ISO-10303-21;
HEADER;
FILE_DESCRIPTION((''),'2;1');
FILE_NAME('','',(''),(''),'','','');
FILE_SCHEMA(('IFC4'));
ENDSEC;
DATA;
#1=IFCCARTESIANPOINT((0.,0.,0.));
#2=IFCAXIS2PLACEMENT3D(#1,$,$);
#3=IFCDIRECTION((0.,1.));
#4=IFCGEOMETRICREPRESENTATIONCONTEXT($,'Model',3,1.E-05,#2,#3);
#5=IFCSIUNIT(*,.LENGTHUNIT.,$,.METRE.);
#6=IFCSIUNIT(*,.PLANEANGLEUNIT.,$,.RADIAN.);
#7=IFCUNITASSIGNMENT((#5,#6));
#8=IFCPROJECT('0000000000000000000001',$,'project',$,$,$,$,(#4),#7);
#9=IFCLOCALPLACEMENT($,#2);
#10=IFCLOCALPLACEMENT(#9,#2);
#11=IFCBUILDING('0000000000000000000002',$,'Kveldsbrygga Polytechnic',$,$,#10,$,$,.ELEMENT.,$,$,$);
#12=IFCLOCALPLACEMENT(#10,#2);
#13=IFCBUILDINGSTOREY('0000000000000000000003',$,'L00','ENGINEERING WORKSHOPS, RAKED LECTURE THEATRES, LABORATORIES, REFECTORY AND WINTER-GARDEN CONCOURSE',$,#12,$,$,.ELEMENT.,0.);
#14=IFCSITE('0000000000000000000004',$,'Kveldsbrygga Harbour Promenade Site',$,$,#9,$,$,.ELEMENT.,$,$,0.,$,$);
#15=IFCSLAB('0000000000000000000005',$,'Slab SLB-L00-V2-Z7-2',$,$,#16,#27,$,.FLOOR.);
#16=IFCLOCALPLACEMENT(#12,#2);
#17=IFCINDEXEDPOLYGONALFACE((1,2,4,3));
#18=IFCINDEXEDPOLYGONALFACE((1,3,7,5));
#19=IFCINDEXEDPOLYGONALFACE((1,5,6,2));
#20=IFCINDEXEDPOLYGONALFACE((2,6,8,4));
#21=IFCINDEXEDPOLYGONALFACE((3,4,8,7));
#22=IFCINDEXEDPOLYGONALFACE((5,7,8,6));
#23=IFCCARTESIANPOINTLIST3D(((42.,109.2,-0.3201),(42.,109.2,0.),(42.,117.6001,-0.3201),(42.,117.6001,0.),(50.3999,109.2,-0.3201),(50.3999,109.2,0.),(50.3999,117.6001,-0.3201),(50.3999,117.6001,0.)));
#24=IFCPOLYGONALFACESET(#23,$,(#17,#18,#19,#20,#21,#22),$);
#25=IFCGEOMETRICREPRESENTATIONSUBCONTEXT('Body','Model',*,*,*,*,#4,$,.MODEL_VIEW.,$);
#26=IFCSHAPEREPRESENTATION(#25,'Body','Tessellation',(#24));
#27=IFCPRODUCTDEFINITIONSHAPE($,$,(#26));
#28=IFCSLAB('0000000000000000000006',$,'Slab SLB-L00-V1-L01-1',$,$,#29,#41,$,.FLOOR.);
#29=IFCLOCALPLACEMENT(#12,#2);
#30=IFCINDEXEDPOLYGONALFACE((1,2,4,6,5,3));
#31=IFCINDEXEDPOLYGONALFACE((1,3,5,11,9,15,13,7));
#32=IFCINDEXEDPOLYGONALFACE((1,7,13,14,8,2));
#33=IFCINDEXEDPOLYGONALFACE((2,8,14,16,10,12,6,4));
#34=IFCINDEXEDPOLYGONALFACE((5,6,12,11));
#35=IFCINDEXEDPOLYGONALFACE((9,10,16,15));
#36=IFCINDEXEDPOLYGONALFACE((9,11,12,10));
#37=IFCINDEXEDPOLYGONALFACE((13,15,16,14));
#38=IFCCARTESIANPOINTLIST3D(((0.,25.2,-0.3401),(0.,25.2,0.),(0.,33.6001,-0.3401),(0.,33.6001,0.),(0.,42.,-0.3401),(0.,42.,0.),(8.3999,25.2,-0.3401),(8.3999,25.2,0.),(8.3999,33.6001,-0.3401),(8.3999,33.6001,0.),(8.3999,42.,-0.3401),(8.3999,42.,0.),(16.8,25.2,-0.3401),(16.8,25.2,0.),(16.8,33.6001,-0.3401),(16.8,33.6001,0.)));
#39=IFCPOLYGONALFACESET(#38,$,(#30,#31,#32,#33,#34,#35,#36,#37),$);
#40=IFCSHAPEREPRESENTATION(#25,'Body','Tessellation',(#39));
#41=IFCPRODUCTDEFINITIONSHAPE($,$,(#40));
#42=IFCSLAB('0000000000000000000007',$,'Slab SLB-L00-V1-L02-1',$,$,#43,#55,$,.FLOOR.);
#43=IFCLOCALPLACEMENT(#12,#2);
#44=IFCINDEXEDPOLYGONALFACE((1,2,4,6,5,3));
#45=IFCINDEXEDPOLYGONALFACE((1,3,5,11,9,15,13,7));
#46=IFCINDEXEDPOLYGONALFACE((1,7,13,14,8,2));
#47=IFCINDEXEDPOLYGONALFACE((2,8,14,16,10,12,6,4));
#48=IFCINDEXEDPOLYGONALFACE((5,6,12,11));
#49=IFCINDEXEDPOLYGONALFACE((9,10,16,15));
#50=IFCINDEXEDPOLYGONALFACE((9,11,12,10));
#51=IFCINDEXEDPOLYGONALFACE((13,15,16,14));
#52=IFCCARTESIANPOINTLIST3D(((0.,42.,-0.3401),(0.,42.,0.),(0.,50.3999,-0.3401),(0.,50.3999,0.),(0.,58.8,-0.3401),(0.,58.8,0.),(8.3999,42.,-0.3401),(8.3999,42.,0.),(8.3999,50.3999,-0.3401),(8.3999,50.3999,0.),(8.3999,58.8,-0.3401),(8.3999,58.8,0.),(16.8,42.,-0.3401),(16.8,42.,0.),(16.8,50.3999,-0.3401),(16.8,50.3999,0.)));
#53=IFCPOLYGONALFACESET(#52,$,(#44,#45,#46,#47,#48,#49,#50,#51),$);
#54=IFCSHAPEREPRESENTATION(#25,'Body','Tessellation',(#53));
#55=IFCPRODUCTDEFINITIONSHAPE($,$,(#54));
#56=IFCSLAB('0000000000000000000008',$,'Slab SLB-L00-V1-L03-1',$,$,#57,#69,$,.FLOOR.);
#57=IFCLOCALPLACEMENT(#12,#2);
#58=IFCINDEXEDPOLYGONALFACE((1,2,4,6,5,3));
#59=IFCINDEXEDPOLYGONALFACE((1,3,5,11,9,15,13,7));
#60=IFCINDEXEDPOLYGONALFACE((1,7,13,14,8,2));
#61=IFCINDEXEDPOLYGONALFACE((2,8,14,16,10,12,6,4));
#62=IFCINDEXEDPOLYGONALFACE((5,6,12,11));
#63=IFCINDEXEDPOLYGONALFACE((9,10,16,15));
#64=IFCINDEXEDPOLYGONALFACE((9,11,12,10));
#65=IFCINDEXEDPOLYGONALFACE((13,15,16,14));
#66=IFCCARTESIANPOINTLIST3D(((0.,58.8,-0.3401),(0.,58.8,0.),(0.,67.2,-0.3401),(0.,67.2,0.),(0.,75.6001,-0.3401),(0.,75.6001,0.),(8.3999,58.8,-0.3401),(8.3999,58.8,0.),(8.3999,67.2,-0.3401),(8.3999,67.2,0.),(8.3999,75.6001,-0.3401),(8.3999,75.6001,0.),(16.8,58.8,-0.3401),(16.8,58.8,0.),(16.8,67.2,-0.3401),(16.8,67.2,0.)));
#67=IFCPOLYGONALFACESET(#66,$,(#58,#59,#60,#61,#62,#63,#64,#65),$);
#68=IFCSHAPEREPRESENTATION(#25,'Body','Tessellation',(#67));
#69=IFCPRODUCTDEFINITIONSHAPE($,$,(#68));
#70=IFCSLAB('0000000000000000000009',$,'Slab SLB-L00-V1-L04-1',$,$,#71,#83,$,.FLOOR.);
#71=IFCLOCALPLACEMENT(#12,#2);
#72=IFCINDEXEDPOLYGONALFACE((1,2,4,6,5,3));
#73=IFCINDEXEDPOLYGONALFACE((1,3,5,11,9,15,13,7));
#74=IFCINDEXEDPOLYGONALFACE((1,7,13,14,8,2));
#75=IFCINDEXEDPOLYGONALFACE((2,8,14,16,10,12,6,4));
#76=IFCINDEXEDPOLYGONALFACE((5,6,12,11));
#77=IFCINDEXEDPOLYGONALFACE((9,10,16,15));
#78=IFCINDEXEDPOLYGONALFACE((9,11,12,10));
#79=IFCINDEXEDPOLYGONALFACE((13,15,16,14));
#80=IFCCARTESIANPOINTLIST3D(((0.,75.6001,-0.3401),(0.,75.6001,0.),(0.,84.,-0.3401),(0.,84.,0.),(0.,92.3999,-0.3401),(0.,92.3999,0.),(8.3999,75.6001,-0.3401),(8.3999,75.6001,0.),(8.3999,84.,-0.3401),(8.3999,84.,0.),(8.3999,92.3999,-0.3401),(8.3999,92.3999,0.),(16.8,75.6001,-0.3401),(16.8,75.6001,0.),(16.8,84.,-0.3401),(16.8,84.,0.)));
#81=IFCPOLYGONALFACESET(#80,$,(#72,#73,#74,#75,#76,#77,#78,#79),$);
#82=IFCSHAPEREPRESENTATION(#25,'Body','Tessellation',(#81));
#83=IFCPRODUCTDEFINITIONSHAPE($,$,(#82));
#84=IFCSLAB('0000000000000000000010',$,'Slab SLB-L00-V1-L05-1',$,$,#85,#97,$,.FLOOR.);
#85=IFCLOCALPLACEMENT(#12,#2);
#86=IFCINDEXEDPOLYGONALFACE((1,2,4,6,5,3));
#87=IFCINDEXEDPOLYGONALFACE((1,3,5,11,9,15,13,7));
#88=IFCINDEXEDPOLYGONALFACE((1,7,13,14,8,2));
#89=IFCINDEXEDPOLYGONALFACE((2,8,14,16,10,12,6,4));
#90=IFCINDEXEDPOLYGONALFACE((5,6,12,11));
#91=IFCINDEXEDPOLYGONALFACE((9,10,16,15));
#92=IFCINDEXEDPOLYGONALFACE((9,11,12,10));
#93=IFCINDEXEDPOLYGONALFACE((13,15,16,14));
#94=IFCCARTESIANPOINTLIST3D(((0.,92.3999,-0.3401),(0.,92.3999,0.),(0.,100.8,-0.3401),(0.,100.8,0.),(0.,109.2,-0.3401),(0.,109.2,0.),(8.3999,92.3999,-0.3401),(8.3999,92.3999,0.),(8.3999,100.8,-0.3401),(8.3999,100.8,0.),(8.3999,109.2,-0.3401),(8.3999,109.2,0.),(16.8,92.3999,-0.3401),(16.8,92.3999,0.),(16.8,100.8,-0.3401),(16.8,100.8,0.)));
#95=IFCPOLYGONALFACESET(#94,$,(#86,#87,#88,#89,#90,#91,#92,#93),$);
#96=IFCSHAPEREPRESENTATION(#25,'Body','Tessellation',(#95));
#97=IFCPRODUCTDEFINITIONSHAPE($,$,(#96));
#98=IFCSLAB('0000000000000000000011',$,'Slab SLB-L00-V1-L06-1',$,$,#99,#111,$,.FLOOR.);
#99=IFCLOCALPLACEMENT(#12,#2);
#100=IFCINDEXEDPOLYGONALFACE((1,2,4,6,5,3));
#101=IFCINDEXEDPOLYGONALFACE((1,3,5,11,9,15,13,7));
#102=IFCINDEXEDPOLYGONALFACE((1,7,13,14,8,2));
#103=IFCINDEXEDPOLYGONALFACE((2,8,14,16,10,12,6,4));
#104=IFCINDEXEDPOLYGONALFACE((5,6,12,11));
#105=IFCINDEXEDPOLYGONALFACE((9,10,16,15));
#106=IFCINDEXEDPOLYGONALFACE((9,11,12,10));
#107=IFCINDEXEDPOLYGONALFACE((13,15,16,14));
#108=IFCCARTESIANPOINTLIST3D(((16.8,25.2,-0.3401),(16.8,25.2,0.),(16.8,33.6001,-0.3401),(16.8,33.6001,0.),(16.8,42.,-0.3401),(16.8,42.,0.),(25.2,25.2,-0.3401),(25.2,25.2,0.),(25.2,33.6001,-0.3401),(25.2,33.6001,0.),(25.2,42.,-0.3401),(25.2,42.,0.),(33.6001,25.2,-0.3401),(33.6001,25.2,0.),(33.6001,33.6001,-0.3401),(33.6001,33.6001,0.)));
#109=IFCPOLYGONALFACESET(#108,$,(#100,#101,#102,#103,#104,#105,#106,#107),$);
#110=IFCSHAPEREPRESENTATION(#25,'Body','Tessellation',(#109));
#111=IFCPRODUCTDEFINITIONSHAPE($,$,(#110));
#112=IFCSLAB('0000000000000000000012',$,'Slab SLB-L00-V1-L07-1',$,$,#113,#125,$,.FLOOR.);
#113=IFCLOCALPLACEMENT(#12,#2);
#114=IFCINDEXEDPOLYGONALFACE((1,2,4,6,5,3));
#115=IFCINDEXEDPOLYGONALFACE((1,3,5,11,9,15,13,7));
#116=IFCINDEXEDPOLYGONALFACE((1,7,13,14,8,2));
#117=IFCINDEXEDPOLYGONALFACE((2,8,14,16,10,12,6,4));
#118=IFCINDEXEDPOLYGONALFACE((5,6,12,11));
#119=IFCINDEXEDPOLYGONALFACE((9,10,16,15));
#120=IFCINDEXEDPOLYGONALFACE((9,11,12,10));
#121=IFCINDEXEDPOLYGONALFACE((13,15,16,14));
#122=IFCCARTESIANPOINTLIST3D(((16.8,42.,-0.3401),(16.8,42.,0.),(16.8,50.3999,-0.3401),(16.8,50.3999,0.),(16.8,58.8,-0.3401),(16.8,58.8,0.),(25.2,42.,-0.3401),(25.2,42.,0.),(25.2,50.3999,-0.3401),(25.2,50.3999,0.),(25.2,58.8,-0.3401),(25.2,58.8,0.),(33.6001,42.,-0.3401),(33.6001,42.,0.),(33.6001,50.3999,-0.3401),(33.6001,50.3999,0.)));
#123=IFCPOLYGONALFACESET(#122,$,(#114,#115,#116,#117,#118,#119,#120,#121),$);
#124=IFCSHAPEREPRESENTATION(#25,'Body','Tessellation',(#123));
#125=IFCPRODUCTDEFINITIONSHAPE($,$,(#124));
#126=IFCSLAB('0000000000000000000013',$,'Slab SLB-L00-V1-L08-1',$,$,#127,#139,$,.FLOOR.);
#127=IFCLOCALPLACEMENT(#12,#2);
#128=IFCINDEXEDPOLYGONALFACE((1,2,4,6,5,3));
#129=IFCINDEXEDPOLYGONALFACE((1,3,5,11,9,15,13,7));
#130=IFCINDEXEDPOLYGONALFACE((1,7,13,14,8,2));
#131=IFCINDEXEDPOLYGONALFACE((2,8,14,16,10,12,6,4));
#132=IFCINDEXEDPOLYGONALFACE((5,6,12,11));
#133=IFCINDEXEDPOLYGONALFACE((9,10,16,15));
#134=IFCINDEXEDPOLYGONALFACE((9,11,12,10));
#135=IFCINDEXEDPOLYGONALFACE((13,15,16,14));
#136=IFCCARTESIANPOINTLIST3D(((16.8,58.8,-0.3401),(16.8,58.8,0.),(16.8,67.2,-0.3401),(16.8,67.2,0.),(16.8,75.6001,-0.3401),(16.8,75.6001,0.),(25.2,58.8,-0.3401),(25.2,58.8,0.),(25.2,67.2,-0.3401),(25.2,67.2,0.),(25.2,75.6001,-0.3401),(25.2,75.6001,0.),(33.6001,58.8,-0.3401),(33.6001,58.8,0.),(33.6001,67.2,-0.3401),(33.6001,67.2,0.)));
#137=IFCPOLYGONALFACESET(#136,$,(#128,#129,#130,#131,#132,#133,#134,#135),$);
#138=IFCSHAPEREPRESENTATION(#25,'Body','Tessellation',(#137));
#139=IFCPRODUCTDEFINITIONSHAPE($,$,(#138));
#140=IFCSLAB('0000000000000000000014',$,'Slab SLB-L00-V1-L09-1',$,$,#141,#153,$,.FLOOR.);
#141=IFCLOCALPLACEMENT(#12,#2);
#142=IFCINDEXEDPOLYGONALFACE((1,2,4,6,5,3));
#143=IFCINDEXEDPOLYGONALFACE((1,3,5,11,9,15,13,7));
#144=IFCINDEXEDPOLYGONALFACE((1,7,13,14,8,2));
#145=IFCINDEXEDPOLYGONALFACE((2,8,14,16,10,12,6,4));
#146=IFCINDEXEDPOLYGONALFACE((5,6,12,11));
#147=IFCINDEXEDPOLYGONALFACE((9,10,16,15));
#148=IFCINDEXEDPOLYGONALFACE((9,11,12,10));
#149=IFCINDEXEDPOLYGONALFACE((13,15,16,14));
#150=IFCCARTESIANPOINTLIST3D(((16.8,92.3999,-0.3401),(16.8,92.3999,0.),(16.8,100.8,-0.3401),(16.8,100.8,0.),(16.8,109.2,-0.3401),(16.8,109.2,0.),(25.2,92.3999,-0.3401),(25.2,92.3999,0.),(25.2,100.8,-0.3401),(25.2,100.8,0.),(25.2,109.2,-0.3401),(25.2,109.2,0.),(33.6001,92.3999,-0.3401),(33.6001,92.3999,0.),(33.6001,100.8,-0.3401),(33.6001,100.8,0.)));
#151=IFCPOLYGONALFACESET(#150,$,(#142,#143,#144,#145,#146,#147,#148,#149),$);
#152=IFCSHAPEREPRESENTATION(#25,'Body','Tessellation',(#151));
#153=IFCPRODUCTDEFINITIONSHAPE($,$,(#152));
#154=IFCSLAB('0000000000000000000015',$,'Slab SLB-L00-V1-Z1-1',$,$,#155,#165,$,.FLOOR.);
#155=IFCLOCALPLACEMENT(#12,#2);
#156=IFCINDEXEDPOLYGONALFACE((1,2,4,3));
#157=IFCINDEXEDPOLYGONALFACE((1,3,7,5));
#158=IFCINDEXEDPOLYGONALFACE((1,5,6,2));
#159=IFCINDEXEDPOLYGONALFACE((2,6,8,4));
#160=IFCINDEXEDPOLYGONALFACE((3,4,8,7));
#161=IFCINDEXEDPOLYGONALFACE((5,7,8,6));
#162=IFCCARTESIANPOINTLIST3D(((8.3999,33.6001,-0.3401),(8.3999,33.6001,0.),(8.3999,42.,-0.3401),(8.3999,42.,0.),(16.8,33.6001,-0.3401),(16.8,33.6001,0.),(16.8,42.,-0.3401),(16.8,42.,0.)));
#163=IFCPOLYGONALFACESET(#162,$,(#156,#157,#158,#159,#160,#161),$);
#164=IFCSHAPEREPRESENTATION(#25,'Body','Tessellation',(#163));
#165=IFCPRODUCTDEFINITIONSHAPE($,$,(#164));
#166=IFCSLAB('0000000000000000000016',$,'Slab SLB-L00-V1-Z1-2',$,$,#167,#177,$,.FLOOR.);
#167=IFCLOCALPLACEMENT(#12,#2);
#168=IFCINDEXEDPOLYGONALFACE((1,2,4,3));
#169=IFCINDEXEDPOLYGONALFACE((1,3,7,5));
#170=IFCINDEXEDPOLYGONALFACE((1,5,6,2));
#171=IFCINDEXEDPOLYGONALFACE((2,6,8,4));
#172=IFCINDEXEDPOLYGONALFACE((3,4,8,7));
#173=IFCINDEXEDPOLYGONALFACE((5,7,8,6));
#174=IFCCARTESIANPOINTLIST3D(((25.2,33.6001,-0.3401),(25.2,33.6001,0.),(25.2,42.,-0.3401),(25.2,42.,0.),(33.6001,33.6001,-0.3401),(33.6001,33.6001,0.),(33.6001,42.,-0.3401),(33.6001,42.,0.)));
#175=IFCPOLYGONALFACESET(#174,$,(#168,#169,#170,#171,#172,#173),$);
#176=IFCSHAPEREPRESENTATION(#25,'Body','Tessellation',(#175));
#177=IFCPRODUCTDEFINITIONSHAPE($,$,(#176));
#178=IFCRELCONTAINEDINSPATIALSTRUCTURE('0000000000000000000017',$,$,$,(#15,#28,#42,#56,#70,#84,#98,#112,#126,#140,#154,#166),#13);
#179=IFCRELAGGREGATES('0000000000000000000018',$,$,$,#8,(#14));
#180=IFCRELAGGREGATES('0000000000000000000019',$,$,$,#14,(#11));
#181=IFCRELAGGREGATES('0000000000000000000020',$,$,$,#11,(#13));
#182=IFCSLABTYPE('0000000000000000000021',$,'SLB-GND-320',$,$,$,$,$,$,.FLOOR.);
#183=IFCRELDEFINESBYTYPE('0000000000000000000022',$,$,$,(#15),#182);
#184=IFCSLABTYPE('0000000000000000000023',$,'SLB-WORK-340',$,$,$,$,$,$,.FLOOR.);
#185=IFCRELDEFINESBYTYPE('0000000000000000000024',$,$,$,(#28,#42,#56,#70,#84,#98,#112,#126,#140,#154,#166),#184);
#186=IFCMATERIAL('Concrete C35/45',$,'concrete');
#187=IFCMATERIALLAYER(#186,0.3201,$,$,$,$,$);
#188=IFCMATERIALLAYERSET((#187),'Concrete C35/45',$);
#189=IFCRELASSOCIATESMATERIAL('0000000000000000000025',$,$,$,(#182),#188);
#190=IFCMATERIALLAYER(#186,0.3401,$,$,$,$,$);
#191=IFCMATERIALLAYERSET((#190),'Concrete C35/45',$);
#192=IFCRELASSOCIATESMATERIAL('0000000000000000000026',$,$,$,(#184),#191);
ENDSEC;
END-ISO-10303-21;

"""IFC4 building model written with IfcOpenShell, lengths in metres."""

from ifc_helpers import new_model, si_unit, direction, frame, origin, place, context, subcontext, project, spatial, polyline, outline, extrude, material, layer, layer_set, type_object, element, save


model = new_model("IFC4")

# Units and contexts
model_context = context("Model", 3, precision=1e-05, world=origin(), true_north=direction((0.0, 1.0)))
body_context = subcontext(model_context, "Body", "Model", "MODEL_VIEW")
ifc_project = project(units=[si_unit("LENGTHUNIT", "METRE"), si_unit("PLANEANGLEUNIT", "RADIAN")], contexts=[model_context])

# Site, building, storey
site_placement = place(None, origin())
site = spatial("IfcSite", under=ifc_project, at=site_placement, Name="Kveldsbrygga Harbour Promenade Site", CompositionType="ELEMENT", RefElevation=0.0)
building_placement = place(site_placement, origin())
building = spatial("IfcBuilding", under=site, at=building_placement, Name="Kveldsbrygga Polytechnic", CompositionType="ELEMENT")
storey_placement = place(building_placement, origin())
storey = spatial("IfcBuildingStorey", under=building, at=storey_placement, Name="L00", Description="ENGINEERING WORKSHOPS, RAKED LECTURE THEATRES, LABORATORIES, REFECTORY AND WINTER-GARDEN CONCOURSE", CompositionType="ELEMENT", Elevation=0.0)

# Shared definitions
ifc_material_1 = material(Name="Concrete C35/45", Category="concrete")

# Slabs
ifc_layer_1 = layer(ifc_material_1, 0.3201)
ifc_layer_set_1 = layer_set([ifc_layer_1], Name="Concrete C35/45")
slab_type_1 = type_object("IfcSlabType", Name="SLB-GND-320", PredefinedType="FLOOR", material=ifc_layer_set_1)
slab_1_placement = place(storey_placement, frame((0.0, 0.0, -0.3201)))
element("IfcSlab", 1, at=slab_1_placement, inside=storey, type_object=slab_type_1, Name="Slab SLB-L00-V2-Z7-2", PredefinedType="FLOOR", context=body_context, shape_type="SweptSolid", body=[
    extrude(outline(polyline([(42.0, 109.2), (42.0, 117.6001), (50.3999, 117.6001), (50.3999, 109.2), (42.0, 109.2)])), origin(), (0.0, 0.0, 1.0), 0.3201),
])
ifc_layer_2 = layer(ifc_material_1, 0.3401)
ifc_layer_set_2 = layer_set([ifc_layer_2], Name="Concrete C35/45")
slab_type_2 = type_object("IfcSlabType", Name="SLB-WORK-340", PredefinedType="FLOOR", material=ifc_layer_set_2)
slab_2_placement = place(storey_placement, frame((0.0, 0.0, -0.3401)))
element("IfcSlab", 2, at=slab_2_placement, inside=storey, type_object=slab_type_2, Name="Slab SLB-L00-V1-L01-1", PredefinedType="FLOOR", context=body_context, shape_type="SweptSolid", body=[
    extrude(outline(polyline([(0.0, 25.2), (0.0, 33.6001), (0.0, 42.0), (8.3999, 42.0), (8.3999, 33.6001), (16.8, 33.6001), (16.8, 25.2), (8.3999, 25.2), (0.0, 25.2)])), origin(), (0.0, 0.0, 1.0), 0.3401),
])
slab_3_placement = place(storey_placement, frame((0.0, 0.0, -0.3401)))
element("IfcSlab", 3, at=slab_3_placement, inside=storey, type_object=slab_type_2, Name="Slab SLB-L00-V1-L02-1", PredefinedType="FLOOR", context=body_context, shape_type="SweptSolid", body=[
    extrude(outline(polyline([(0.0, 42.0), (0.0, 50.3999), (0.0, 58.8), (8.3999, 58.8), (8.3999, 50.3999), (16.8, 50.3999), (16.8, 42.0), (8.3999, 42.0), (0.0, 42.0)])), origin(), (0.0, 0.0, 1.0), 0.3401),
])
slab_4_placement = place(storey_placement, frame((0.0, 0.0, -0.3401)))
element("IfcSlab", 4, at=slab_4_placement, inside=storey, type_object=slab_type_2, Name="Slab SLB-L00-V1-L03-1", PredefinedType="FLOOR", context=body_context, shape_type="SweptSolid", body=[
    extrude(outline(polyline([(0.0, 58.8), (0.0, 67.2), (0.0, 75.6001), (8.3999, 75.6001), (8.3999, 67.2), (16.8, 67.2), (16.8, 58.8), (8.3999, 58.8), (0.0, 58.8)])), origin(), (0.0, 0.0, 1.0), 0.3401),
])
slab_5_placement = place(storey_placement, frame((0.0, 0.0, -0.3401)))
element("IfcSlab", 5, at=slab_5_placement, inside=storey, type_object=slab_type_2, Name="Slab SLB-L00-V1-L04-1", PredefinedType="FLOOR", context=body_context, shape_type="SweptSolid", body=[
    extrude(outline(polyline([(0.0, 75.6001), (0.0, 84.0), (0.0, 92.3999), (8.3999, 92.3999), (8.3999, 84.0), (16.8, 84.0), (16.8, 75.6001), (8.3999, 75.6001), (0.0, 75.6001)])), origin(), (0.0, 0.0, 1.0), 0.3401),
])
slab_6_placement = place(storey_placement, frame((0.0, 0.0, -0.3401)))
element("IfcSlab", 6, at=slab_6_placement, inside=storey, type_object=slab_type_2, Name="Slab SLB-L00-V1-L05-1", PredefinedType="FLOOR", context=body_context, shape_type="SweptSolid", body=[
    extrude(outline(polyline([(0.0, 92.3999), (0.0, 100.8), (0.0, 109.2), (8.3999, 109.2), (8.3999, 100.8), (16.8, 100.8), (16.8, 92.3999), (8.3999, 92.3999), (0.0, 92.3999)])), origin(), (0.0, 0.0, 1.0), 0.3401),
])
slab_7_placement = place(storey_placement, frame((0.0, 0.0, -0.3401)))
element("IfcSlab", 7, at=slab_7_placement, inside=storey, type_object=slab_type_2, Name="Slab SLB-L00-V1-L06-1", PredefinedType="FLOOR", context=body_context, shape_type="SweptSolid", body=[
    extrude(outline(polyline([(16.8, 25.2), (16.8, 33.6001), (16.8, 42.0), (25.2, 42.0), (25.2, 33.6001), (33.6001, 33.6001), (33.6001, 25.2), (25.2, 25.2), (16.8, 25.2)])), origin(), (0.0, 0.0, 1.0), 0.3401),
])
slab_8_placement = place(storey_placement, frame((0.0, 0.0, -0.3401)))
element("IfcSlab", 8, at=slab_8_placement, inside=storey, type_object=slab_type_2, Name="Slab SLB-L00-V1-L07-1", PredefinedType="FLOOR", context=body_context, shape_type="SweptSolid", body=[
    extrude(outline(polyline([(16.8, 42.0), (16.8, 50.3999), (16.8, 58.8), (25.2, 58.8), (25.2, 50.3999), (33.6001, 50.3999), (33.6001, 42.0), (25.2, 42.0), (16.8, 42.0)])), origin(), (0.0, 0.0, 1.0), 0.3401),
])
slab_9_placement = place(storey_placement, frame((0.0, 0.0, -0.3401)))
element("IfcSlab", 9, at=slab_9_placement, inside=storey, type_object=slab_type_2, Name="Slab SLB-L00-V1-L08-1", PredefinedType="FLOOR", context=body_context, shape_type="SweptSolid", body=[
    extrude(outline(polyline([(16.8, 58.8), (16.8, 67.2), (16.8, 75.6001), (25.2, 75.6001), (25.2, 67.2), (33.6001, 67.2), (33.6001, 58.8), (25.2, 58.8), (16.8, 58.8)])), origin(), (0.0, 0.0, 1.0), 0.3401),
])
slab_10_placement = place(storey_placement, frame((0.0, 0.0, -0.3401)))
element("IfcSlab", 10, at=slab_10_placement, inside=storey, type_object=slab_type_2, Name="Slab SLB-L00-V1-L09-1", PredefinedType="FLOOR", context=body_context, shape_type="SweptSolid", body=[
    extrude(outline(polyline([(16.8, 92.3999), (16.8, 100.8), (16.8, 109.2), (25.2, 109.2), (25.2, 100.8), (33.6001, 100.8), (33.6001, 92.3999), (25.2, 92.3999), (16.8, 92.3999)])), origin(), (0.0, 0.0, 1.0), 0.3401),
])
slab_11_placement = place(storey_placement, frame((0.0, 0.0, -0.3401)))
element("IfcSlab", 11, at=slab_11_placement, inside=storey, type_object=slab_type_2, Name="Slab SLB-L00-V1-Z1-1", PredefinedType="FLOOR", context=body_context, shape_type="SweptSolid", body=[
    extrude(outline(polyline([(8.3999, 33.6001), (8.3999, 42.0), (16.8, 42.0), (16.8, 33.6001), (8.3999, 33.6001)])), origin(), (0.0, 0.0, 1.0), 0.3401),
])
slab_12_placement = place(storey_placement, frame((0.0, 0.0, -0.3401)))
element("IfcSlab", 12, at=slab_12_placement, inside=storey, type_object=slab_type_2, Name="Slab SLB-L00-V1-Z1-2", PredefinedType="FLOOR", context=body_context, shape_type="SweptSolid", body=[
    extrude(outline(polyline([(25.2, 33.6001), (25.2, 42.0), (33.6001, 42.0), (33.6001, 33.6001), (25.2, 33.6001)])), origin(), (0.0, 0.0, 1.0), 0.3401),
])

save(model, "model.ifc")
